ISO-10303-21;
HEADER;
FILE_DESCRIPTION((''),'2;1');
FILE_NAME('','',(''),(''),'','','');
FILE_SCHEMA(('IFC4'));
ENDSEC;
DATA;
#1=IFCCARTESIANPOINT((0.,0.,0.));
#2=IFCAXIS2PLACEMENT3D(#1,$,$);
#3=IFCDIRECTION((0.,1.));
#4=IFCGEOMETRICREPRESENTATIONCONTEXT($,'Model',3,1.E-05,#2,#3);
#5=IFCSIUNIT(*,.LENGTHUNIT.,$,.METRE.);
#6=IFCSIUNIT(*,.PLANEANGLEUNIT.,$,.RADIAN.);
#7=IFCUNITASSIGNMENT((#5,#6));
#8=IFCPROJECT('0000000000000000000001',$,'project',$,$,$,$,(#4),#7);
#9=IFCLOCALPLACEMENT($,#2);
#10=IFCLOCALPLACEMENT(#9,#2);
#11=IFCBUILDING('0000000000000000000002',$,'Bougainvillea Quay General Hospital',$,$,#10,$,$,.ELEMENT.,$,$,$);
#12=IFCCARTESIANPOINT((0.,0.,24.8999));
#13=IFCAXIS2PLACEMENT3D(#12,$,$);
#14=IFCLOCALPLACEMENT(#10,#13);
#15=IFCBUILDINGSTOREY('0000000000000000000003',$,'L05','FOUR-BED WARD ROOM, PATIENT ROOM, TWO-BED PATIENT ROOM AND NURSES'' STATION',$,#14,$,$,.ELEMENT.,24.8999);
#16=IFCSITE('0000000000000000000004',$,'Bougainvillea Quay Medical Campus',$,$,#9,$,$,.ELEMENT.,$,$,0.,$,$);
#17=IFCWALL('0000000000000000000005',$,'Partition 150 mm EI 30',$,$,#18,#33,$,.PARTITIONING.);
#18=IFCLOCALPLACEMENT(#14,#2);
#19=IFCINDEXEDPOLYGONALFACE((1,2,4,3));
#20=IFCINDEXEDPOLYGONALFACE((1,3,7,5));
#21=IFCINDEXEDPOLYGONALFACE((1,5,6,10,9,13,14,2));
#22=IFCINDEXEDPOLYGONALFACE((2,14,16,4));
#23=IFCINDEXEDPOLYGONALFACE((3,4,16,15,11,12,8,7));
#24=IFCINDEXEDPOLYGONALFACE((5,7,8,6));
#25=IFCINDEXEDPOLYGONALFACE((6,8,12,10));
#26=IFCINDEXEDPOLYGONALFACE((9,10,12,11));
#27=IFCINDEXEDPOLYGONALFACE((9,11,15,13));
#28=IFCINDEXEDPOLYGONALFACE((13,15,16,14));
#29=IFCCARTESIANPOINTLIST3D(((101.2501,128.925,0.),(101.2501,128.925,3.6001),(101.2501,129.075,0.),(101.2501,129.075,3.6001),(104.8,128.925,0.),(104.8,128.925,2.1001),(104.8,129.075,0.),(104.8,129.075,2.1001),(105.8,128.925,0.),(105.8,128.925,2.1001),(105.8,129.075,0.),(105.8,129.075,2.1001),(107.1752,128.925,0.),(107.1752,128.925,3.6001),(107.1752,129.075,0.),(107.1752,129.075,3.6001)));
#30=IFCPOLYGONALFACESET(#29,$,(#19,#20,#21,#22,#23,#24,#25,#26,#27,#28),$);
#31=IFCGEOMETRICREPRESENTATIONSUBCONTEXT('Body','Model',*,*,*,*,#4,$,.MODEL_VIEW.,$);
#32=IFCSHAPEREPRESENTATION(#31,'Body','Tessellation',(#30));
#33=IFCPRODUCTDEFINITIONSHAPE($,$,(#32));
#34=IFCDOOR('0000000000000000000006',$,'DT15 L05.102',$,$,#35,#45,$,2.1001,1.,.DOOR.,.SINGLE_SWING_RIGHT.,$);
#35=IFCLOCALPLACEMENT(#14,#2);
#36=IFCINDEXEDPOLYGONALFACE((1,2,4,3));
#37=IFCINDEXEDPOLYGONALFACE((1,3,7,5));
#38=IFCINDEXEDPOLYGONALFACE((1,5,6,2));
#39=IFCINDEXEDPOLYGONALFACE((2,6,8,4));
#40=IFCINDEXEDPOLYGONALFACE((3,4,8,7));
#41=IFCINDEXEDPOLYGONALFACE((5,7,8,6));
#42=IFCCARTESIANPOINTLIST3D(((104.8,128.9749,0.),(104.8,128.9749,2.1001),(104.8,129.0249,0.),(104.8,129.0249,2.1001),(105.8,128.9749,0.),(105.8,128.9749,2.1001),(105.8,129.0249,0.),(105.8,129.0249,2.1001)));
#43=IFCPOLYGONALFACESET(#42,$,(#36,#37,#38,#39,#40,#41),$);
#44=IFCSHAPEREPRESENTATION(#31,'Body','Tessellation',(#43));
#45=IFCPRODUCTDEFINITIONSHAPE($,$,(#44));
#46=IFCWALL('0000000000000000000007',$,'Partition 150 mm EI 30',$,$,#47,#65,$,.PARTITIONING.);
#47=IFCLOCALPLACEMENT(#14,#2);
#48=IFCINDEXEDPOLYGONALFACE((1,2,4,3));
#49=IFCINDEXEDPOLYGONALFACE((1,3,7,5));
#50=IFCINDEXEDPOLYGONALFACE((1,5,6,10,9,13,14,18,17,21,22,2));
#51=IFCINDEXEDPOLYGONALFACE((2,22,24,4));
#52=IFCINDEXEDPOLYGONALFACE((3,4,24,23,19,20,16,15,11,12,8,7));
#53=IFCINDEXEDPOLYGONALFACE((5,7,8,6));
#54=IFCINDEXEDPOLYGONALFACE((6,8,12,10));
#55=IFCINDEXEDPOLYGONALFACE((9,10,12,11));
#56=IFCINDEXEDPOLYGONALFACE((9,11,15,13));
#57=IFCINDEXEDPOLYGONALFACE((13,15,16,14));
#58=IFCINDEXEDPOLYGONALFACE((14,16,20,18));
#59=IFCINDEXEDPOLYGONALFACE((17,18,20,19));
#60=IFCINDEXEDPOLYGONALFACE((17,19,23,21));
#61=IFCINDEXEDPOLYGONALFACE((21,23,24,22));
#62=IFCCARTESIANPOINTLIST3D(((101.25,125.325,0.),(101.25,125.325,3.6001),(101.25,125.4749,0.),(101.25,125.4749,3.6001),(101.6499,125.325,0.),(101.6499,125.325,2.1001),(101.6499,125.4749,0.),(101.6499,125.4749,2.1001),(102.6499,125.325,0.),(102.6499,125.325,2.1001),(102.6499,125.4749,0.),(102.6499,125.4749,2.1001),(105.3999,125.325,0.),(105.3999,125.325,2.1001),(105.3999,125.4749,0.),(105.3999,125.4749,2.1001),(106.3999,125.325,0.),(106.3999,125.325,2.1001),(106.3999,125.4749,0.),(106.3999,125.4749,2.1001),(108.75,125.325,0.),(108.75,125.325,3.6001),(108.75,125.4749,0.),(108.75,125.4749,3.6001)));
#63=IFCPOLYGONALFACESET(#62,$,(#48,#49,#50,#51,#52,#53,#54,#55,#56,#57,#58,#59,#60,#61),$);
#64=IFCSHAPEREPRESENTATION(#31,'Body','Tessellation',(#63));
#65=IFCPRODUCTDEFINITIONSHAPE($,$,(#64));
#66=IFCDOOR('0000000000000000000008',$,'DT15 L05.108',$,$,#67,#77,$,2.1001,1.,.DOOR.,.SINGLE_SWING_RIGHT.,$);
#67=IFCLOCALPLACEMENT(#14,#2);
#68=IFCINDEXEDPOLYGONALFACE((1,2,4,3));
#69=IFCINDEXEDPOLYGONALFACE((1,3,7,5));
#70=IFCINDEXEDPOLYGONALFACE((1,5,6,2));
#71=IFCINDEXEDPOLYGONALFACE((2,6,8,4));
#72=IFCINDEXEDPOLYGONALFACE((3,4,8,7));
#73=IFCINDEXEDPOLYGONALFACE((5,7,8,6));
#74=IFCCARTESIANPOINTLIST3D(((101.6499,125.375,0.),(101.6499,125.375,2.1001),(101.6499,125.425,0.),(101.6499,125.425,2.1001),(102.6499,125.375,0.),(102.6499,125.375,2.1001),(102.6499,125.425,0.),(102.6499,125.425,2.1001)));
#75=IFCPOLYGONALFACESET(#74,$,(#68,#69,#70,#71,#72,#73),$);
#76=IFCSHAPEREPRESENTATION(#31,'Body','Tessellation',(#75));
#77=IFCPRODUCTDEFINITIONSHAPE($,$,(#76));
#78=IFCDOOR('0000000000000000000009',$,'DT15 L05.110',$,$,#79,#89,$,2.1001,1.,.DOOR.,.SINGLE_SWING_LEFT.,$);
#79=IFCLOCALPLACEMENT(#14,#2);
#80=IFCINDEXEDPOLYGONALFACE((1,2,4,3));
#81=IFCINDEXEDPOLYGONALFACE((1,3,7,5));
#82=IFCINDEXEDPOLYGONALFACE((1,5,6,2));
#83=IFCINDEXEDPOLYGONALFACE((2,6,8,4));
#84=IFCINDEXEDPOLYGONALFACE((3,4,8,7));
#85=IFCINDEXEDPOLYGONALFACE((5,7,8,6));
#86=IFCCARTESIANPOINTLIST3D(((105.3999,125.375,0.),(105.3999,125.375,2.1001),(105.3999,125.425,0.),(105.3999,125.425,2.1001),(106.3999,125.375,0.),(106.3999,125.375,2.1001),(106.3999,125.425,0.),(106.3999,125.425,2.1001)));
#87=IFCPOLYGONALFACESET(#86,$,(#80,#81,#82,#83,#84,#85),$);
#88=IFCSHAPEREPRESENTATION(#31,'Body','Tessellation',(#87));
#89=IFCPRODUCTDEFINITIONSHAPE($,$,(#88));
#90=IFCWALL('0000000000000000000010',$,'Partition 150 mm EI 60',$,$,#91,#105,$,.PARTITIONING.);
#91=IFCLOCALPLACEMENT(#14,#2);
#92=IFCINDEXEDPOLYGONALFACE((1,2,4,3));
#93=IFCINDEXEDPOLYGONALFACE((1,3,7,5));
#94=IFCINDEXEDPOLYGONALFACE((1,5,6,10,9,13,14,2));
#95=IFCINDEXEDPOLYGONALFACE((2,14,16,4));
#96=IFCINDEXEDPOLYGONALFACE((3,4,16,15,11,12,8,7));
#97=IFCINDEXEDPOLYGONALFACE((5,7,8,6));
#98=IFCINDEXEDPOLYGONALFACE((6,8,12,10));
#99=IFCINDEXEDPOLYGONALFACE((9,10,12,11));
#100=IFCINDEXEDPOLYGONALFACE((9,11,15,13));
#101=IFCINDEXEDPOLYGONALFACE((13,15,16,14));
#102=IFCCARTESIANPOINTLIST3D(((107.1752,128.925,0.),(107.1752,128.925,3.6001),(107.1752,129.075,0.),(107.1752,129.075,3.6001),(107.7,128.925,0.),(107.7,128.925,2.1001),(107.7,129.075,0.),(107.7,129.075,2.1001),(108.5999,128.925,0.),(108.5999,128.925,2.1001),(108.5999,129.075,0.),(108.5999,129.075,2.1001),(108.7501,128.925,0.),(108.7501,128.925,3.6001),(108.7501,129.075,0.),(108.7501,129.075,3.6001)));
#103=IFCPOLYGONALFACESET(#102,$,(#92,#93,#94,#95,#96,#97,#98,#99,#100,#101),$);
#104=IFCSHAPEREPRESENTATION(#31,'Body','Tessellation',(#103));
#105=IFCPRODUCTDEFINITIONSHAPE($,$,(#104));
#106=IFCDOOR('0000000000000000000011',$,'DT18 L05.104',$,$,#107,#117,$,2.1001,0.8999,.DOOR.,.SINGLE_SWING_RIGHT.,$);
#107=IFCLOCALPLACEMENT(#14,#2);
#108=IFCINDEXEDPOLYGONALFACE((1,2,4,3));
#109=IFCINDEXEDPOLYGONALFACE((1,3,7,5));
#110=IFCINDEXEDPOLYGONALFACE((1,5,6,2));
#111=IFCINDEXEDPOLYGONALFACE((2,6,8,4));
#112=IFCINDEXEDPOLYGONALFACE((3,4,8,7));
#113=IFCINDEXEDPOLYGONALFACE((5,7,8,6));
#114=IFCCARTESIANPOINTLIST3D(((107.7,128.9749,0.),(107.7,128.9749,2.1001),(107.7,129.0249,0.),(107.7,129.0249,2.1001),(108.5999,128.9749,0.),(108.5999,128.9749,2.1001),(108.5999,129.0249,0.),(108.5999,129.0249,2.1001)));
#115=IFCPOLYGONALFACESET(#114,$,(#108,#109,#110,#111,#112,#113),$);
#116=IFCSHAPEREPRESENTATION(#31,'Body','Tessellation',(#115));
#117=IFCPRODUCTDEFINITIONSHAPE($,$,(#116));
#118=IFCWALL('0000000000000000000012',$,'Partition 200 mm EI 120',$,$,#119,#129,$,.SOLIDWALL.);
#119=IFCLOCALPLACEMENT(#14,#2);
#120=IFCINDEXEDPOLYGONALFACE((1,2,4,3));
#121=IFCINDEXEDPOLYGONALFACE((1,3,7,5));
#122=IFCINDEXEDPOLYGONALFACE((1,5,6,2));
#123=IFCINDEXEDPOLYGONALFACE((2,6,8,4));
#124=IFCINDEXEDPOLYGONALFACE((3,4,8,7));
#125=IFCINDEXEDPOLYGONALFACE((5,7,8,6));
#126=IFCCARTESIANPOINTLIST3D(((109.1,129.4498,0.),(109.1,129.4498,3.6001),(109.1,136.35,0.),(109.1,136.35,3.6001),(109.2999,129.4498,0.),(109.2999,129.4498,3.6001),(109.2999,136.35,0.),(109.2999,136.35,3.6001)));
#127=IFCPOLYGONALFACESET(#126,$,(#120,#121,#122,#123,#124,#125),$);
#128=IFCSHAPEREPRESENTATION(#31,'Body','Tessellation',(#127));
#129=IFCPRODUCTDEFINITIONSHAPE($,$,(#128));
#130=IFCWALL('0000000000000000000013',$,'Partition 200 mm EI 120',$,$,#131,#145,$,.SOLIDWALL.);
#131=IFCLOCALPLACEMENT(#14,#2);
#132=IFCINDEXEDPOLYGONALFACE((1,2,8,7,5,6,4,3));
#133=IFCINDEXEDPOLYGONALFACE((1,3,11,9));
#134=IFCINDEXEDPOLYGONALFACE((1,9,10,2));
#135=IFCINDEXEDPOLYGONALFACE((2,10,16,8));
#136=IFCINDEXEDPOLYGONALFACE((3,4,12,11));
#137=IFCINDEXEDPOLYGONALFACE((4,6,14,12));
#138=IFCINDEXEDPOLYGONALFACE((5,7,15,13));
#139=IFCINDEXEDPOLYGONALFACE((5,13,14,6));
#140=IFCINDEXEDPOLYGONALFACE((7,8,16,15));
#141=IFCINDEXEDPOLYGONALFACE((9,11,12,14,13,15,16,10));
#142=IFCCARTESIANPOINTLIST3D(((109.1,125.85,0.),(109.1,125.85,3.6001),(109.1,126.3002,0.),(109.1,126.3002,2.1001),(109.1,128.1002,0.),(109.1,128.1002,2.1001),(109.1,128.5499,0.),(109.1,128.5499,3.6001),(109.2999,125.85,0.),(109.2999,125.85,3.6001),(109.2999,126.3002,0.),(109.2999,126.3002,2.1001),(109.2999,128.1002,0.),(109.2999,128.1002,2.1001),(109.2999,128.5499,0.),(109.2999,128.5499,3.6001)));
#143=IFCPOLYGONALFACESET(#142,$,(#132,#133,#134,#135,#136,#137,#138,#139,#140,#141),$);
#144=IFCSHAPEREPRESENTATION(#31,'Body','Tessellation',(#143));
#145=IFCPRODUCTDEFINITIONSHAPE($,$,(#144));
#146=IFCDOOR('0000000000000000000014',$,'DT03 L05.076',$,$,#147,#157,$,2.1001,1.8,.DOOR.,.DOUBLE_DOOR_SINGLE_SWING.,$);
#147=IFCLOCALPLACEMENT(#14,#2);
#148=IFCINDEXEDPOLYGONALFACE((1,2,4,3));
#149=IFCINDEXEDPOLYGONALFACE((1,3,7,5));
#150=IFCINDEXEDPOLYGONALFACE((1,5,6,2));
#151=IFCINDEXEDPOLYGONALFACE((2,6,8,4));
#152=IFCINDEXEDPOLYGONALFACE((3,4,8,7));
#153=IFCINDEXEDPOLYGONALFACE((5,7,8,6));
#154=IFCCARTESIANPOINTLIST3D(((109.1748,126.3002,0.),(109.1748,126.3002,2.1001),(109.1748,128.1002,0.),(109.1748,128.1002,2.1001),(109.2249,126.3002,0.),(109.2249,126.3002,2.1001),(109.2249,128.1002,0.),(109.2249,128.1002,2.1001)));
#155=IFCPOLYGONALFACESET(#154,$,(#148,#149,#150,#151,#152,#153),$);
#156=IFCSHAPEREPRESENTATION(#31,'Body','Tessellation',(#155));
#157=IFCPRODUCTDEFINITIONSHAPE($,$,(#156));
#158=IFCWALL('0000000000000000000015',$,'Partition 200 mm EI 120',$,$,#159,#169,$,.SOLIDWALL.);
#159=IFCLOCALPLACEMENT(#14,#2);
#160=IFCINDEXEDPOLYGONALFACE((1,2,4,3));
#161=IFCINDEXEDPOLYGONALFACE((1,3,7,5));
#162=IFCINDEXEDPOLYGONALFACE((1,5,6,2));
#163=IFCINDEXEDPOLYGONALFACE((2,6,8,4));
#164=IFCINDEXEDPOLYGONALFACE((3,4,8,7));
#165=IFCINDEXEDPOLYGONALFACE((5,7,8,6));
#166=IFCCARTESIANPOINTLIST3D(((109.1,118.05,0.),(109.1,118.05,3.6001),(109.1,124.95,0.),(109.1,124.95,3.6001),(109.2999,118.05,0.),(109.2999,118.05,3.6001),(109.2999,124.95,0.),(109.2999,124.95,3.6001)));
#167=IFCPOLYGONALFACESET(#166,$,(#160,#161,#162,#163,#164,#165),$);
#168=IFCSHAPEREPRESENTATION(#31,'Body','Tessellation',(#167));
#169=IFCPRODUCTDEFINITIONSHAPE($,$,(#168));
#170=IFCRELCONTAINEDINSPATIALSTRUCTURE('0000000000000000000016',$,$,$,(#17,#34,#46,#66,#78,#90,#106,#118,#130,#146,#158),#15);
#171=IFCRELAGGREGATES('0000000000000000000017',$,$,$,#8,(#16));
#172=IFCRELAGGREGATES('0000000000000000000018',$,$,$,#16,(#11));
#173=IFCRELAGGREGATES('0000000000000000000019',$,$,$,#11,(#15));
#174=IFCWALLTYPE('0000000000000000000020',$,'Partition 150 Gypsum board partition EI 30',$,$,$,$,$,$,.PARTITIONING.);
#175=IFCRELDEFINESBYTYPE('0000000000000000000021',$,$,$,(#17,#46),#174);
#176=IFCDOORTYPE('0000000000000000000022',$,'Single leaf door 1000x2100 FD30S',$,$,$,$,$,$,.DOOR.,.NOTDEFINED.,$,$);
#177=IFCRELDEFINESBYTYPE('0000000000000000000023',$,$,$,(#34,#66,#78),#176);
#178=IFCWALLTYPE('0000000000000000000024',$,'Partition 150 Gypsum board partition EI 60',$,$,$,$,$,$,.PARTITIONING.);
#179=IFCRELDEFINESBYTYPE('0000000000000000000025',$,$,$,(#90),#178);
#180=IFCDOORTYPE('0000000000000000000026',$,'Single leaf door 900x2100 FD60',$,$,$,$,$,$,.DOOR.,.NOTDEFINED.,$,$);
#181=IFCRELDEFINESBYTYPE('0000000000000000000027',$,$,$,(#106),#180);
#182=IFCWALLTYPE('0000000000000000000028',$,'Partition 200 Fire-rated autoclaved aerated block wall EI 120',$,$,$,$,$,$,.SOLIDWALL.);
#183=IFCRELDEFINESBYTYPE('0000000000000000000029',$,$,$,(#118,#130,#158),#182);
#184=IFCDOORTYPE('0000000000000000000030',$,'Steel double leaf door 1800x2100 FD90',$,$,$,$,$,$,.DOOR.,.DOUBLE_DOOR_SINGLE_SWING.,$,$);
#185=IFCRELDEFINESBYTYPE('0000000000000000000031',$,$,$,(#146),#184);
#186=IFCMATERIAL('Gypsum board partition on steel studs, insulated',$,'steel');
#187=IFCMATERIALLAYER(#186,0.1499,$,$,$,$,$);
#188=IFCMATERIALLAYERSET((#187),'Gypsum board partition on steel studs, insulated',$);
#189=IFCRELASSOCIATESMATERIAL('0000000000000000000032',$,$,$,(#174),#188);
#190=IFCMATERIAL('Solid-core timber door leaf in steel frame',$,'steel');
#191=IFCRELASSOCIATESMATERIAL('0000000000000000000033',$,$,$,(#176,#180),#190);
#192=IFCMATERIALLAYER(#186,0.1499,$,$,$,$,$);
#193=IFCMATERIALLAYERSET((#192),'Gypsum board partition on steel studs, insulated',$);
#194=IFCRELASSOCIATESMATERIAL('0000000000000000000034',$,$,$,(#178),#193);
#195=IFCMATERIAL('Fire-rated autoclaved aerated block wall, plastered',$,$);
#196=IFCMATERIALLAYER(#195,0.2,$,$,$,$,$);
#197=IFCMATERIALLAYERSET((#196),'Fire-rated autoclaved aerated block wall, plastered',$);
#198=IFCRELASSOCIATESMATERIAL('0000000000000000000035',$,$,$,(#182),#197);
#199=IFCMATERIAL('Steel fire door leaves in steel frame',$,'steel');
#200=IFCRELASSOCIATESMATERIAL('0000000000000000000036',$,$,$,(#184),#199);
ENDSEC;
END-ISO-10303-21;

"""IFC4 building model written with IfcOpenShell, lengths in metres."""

from ifc_helpers import new_model, si_unit, direction, frame, frame_2d, origin, place, context, subcontext, project, spatial, rectangle, extrude, material, layer, layer_set, type_object, element, fill, save


model = new_model("IFC4")

# Units and contexts
model_context = context("Model", 3, precision=1e-05, world=origin(), true_north=direction((0.0, 1.0)))
body_context = subcontext(model_context, "Body", "Model", "MODEL_VIEW")
ifc_project = project(units=[si_unit("LENGTHUNIT", "METRE"), si_unit("PLANEANGLEUNIT", "RADIAN")], contexts=[model_context])

# Site, building, storey
site_placement = place(None, origin())
site = spatial("IfcSite", under=ifc_project, at=site_placement, Name="Bougainvillea Quay Medical Campus", CompositionType="ELEMENT", RefElevation=0.0)
building_placement = place(site_placement, origin())
building = spatial("IfcBuilding", under=site, at=building_placement, Name="Bougainvillea Quay General Hospital", CompositionType="ELEMENT")
storey_placement = place(building_placement, frame((0.0, 0.0, 24.8999)))
storey = spatial("IfcBuildingStorey", under=building, at=storey_placement, Name="L05", Description="FOUR-BED WARD ROOM, PATIENT ROOM, TWO-BED PATIENT ROOM AND NURSES' STATION", CompositionType="ELEMENT", Elevation=24.8999)

# Shared definitions
ifc_material_1 = material(Name="Gypsum board partition on steel studs, insulated", Category="steel")

# Wall, opening, door
ifc_material_2 = material(Name="Solid-core timber door leaf in steel frame", Category="steel")
ifc_layer_1 = layer(ifc_material_1, 0.1499)
ifc_layer_set_1 = layer_set([ifc_layer_1], Name="Gypsum board partition on steel studs, insulated")
wall_type_1 = type_object("IfcWallType", Name="Partition 150 Gypsum board partition EI 30", PredefinedType="PARTITIONING", material=ifc_layer_set_1)
wall_1_placement = place(storey_placement, frame((107.175, 129.0, 0.0), z_axis=(0.0, 0.0, 1.0), x_axis=(-1.0, 0.0, 0.0)))
wall_1 = element("IfcWall", 1, at=wall_1_placement, inside=storey, type_object=wall_type_1, Name="Partition 150 mm EI 30", PredefinedType="PARTITIONING", context=body_context, shape_type="SweptSolid", body=[
    extrude(rectangle(XDim=5.925, YDim=0.1499, at=frame_2d((2.9624, 0.0))), origin(), (0.0, 0.0, 1.0), 3.6001),
])
opening_1_placement = place(wall_1_placement, frame((1.375, 0.0, 0.0)))
opening_1 = element("IfcOpeningElement", 2, at=opening_1_placement, cuts=wall_1, PredefinedType="OPENING", context=body_context, shape_type="SweptSolid", body=[
    extrude(rectangle(XDim=1.0, YDim=2.1001, at=frame_2d((0.5, 1.05))), frame((0.0, 0.085, 0.0), z_axis=(0.0, -1.0, 0.0), x_axis=(1.0, 0.0, 0.0)), (0.0, 0.0, 1.0), 0.1699),
])
door_type_1 = type_object("IfcDoorType", Name="Single leaf door 1000x2100 FD30S", OperationType="NOTDEFINED", PredefinedType="DOOR", material=ifc_material_2)
door_1_placement = place(opening_1_placement, frame((1.0, 0.0, 0.0), z_axis=(0.0, 0.0, 1.0), x_axis=(-1.0, 0.0, 0.0)))
door_1 = element("IfcDoor", 3, at=door_1_placement, inside=storey, type_object=door_type_1, Name="DT15 L05.102", OperationType="SINGLE_SWING_RIGHT", OverallHeight=2.1001, OverallWidth=1.0, PredefinedType="DOOR", context=body_context, shape_type="SweptSolid", body=[
    extrude(rectangle(XDim=1.0, YDim=2.1001, at=frame_2d((0.5, 1.05))), frame((0.0, 0.0249, 0.0), z_axis=(0.0, -1.0, 0.0), x_axis=(1.0, 0.0, 0.0)), (0.0, 0.0, 1.0), 0.05),
])
fill(opening_1, door_1)

# Wall, openings, doors
wall_2_placement = place(storey_placement, frame((108.75, 125.3999, 0.0), z_axis=(0.0, 0.0, 1.0), x_axis=(-1.0, 0.0, 0.0)))
wall_2 = element("IfcWall", 4, at=wall_2_placement, inside=storey, type_object=wall_type_1, Name="Partition 150 mm EI 30", PredefinedType="PARTITIONING", context=body_context, shape_type="SweptSolid", body=[
    extrude(rectangle(XDim=7.5, YDim=0.1499, at=frame_2d((3.75, 0.0))), origin(), (0.0, 0.0, 1.0), 3.6001),
])
opening_2_placement = place(wall_2_placement, frame((6.1001, 0.0, 0.0)))
opening_2 = element("IfcOpeningElement", 5, at=opening_2_placement, cuts=wall_2, PredefinedType="OPENING", context=body_context, shape_type="SweptSolid", body=[
    extrude(rectangle(XDim=1.0, YDim=2.1001, at=frame_2d((0.5, 1.05))), frame((0.0, 0.085, 0.0), z_axis=(0.0, -1.0, 0.0), x_axis=(1.0, 0.0, 0.0)), (0.0, 0.0, 1.0), 0.1699),
])
opening_3_placement = place(wall_2_placement, frame((2.3501, 0.0, 0.0)))
opening_3 = element("IfcOpeningElement", 6, at=opening_3_placement, cuts=wall_2, PredefinedType="OPENING", context=body_context, shape_type="SweptSolid", body=[
    extrude(rectangle(XDim=1.0, YDim=2.1001, at=frame_2d((0.5, 1.05))), frame((0.0, 0.085, 0.0), z_axis=(0.0, -1.0, 0.0), x_axis=(1.0, 0.0, 0.0)), (0.0, 0.0, 1.0), 0.1699),
])
door_2_placement = place(opening_2_placement, origin())
door_2 = element("IfcDoor", 7, at=door_2_placement, inside=storey, type_object=door_type_1, Name="DT15 L05.108", OperationType="SINGLE_SWING_RIGHT", OverallHeight=2.1001, OverallWidth=1.0, PredefinedType="DOOR", context=body_context, shape_type="SweptSolid", body=[
    extrude(rectangle(XDim=1.0, YDim=2.1001, at=frame_2d((0.5, 1.05))), frame((0.0, 0.0249, 0.0), z_axis=(0.0, -1.0, 0.0), x_axis=(1.0, 0.0, 0.0)), (0.0, 0.0, 1.0), 0.05),
])
fill(opening_2, door_2)
door_3_placement = place(opening_3_placement, origin())
door_3 = element("IfcDoor", 8, at=door_3_placement, inside=storey, type_object=door_type_1, Name="DT15 L05.110", OperationType="SINGLE_SWING_LEFT", OverallHeight=2.1001, OverallWidth=1.0, PredefinedType="DOOR", context=body_context, shape_type="SweptSolid", body=[
    extrude(rectangle(XDim=1.0, YDim=2.1001, at=frame_2d((0.5, 1.05))), frame((0.0, 0.0249, 0.0), z_axis=(0.0, -1.0, 0.0), x_axis=(1.0, 0.0, 0.0)), (0.0, 0.0, 1.0), 0.05),
])
fill(opening_3, door_3)

# Wall, opening, door
ifc_layer_2 = layer(ifc_material_1, 0.1499)
ifc_layer_set_2 = layer_set([ifc_layer_2], Name="Gypsum board partition on steel studs, insulated")
wall_type_2 = type_object("IfcWallType", Name="Partition 150 Gypsum board partition EI 60", PredefinedType="PARTITIONING", material=ifc_layer_set_2)
wall_3_placement = place(storey_placement, frame((107.175, 129.0, 0.0), z_axis=(0.0, 0.0, 1.0), x_axis=(1.0, 0.0, 0.0)))
wall_3 = element("IfcWall", 9, at=wall_3_placement, inside=storey, type_object=wall_type_2, Name="Partition 150 mm EI 60", PredefinedType="PARTITIONING", context=body_context, shape_type="SweptSolid", body=[
    extrude(rectangle(XDim=1.575, YDim=0.1499, at=frame_2d((0.7876, 0.0))), origin(), (0.0, 0.0, 1.0), 3.6001),
])
opening_4_placement = place(wall_3_placement, frame((0.5249, 0.0, 0.0)))
opening_4 = element("IfcOpeningElement", 10, at=opening_4_placement, cuts=wall_3, PredefinedType="OPENING", context=body_context, shape_type="SweptSolid", body=[
    extrude(rectangle(XDim=0.8999, YDim=2.1001, at=frame_2d((0.45, 1.05))), frame((0.0, 0.085, 0.0), z_axis=(0.0, -1.0, 0.0), x_axis=(1.0, 0.0, 0.0)), (0.0, 0.0, 1.0), 0.1699),
])
door_type_2 = type_object("IfcDoorType", Name="Single leaf door 900x2100 FD60", OperationType="NOTDEFINED", PredefinedType="DOOR", material=ifc_material_2)
door_4_placement = place(opening_4_placement, origin())
door_4 = element("IfcDoor", 11, at=door_4_placement, inside=storey, type_object=door_type_2, Name="DT18 L05.104", OperationType="SINGLE_SWING_RIGHT", OverallHeight=2.1001, OverallWidth=0.8999, PredefinedType="DOOR", context=body_context, shape_type="SweptSolid", body=[
    extrude(rectangle(XDim=0.8999, YDim=2.1001, at=frame_2d((0.45, 1.05))), frame((0.0, 0.0249, 0.0), z_axis=(0.0, -1.0, 0.0), x_axis=(1.0, 0.0, 0.0)), (0.0, 0.0, 1.0), 0.05),
])
fill(opening_4, door_4)

# Wall
ifc_material_3 = material(Name="Fire-rated autoclaved aerated block wall, plastered")
ifc_layer_3 = layer(ifc_material_3, 0.2)
ifc_layer_set_3 = layer_set([ifc_layer_3], Name="Fire-rated autoclaved aerated block wall, plastered")
wall_type_3 = type_object("IfcWallType", Name="Partition 200 Fire-rated autoclaved aerated block wall EI 120", PredefinedType="SOLIDWALL", material=ifc_layer_set_3)
wall_4_placement = place(storey_placement, frame((109.2, 136.3501, 0.0), z_axis=(0.0, 0.0, 1.0), x_axis=(0.0, -1.0, 0.0)))
element("IfcWall", 12, at=wall_4_placement, inside=storey, type_object=wall_type_3, Name="Partition 200 mm EI 120", PredefinedType="SOLIDWALL", context=body_context, shape_type="SweptSolid", body=[
    extrude(rectangle(XDim=6.9001, YDim=0.2, at=frame_2d((3.4502, 0.0))), origin(), (0.0, 0.0, 1.0), 3.6001),
])

# Wall, opening, door
wall_5_placement = place(storey_placement, frame((109.2, 128.55, 0.0), z_axis=(0.0, 0.0, 1.0), x_axis=(0.0, -1.0, 0.0)))
wall_5 = element("IfcWall", 13, at=wall_5_placement, inside=storey, type_object=wall_type_3, Name="Partition 200 mm EI 120", PredefinedType="SOLIDWALL", context=body_context, shape_type="SweptSolid", body=[
    extrude(rectangle(XDim=2.7, YDim=0.2, at=frame_2d((1.3501, 0.0))), origin(), (0.0, 0.0, 1.0), 3.6001),
])
opening_5_placement = place(wall_5_placement, frame((0.45, 0.0, 0.0)))
opening_5 = element("IfcOpeningElement", 14, at=opening_5_placement, cuts=wall_5, PredefinedType="OPENING", context=body_context, shape_type="SweptSolid", body=[
    extrude(rectangle(XDim=1.8, YDim=2.1001, at=frame_2d((0.8999, 1.05))), frame((0.0, 0.1099, 0.0), z_axis=(0.0, -1.0, 0.0), x_axis=(1.0, 0.0, 0.0)), (0.0, 0.0, 1.0), 0.22),
])
ifc_material_4 = material(Name="Steel fire door leaves in steel frame", Category="steel")
door_type_3 = type_object("IfcDoorType", Name="Steel double leaf door 1800x2100 FD90", OperationType="DOUBLE_DOOR_SINGLE_SWING", PredefinedType="DOOR", material=ifc_material_4)
door_5_placement = place(opening_5_placement, origin())
door_5 = element("IfcDoor", 15, at=door_5_placement, inside=storey, type_object=door_type_3, Name="DT03 L05.076", OperationType="DOUBLE_DOOR_SINGLE_SWING", OverallHeight=2.1001, OverallWidth=1.8, PredefinedType="DOOR", context=body_context, shape_type="SweptSolid", body=[
    extrude(rectangle(XDim=1.8, YDim=2.1001, at=frame_2d((0.8999, 1.05))), frame((0.0, 0.0249, 0.0), z_axis=(0.0, -1.0, 0.0), x_axis=(1.0, 0.0, 0.0)), (0.0, 0.0, 1.0), 0.05),
])
fill(opening_5, door_5)

# Wall
wall_6_placement = place(storey_placement, frame((109.2, 124.95, 0.0), z_axis=(0.0, 0.0, 1.0), x_axis=(0.0, -1.0, 0.0)))
element("IfcWall", 16, at=wall_6_placement, inside=storey, type_object=wall_type_3, Name="Partition 200 mm EI 120", PredefinedType="SOLIDWALL", context=body_context, shape_type="SweptSolid", body=[
    extrude(rectangle(XDim=6.8999, YDim=0.2, at=frame_2d((3.45, 0.0))), origin(), (0.0, 0.0, 1.0), 3.6001),
])

save(model, "model.ifc")
